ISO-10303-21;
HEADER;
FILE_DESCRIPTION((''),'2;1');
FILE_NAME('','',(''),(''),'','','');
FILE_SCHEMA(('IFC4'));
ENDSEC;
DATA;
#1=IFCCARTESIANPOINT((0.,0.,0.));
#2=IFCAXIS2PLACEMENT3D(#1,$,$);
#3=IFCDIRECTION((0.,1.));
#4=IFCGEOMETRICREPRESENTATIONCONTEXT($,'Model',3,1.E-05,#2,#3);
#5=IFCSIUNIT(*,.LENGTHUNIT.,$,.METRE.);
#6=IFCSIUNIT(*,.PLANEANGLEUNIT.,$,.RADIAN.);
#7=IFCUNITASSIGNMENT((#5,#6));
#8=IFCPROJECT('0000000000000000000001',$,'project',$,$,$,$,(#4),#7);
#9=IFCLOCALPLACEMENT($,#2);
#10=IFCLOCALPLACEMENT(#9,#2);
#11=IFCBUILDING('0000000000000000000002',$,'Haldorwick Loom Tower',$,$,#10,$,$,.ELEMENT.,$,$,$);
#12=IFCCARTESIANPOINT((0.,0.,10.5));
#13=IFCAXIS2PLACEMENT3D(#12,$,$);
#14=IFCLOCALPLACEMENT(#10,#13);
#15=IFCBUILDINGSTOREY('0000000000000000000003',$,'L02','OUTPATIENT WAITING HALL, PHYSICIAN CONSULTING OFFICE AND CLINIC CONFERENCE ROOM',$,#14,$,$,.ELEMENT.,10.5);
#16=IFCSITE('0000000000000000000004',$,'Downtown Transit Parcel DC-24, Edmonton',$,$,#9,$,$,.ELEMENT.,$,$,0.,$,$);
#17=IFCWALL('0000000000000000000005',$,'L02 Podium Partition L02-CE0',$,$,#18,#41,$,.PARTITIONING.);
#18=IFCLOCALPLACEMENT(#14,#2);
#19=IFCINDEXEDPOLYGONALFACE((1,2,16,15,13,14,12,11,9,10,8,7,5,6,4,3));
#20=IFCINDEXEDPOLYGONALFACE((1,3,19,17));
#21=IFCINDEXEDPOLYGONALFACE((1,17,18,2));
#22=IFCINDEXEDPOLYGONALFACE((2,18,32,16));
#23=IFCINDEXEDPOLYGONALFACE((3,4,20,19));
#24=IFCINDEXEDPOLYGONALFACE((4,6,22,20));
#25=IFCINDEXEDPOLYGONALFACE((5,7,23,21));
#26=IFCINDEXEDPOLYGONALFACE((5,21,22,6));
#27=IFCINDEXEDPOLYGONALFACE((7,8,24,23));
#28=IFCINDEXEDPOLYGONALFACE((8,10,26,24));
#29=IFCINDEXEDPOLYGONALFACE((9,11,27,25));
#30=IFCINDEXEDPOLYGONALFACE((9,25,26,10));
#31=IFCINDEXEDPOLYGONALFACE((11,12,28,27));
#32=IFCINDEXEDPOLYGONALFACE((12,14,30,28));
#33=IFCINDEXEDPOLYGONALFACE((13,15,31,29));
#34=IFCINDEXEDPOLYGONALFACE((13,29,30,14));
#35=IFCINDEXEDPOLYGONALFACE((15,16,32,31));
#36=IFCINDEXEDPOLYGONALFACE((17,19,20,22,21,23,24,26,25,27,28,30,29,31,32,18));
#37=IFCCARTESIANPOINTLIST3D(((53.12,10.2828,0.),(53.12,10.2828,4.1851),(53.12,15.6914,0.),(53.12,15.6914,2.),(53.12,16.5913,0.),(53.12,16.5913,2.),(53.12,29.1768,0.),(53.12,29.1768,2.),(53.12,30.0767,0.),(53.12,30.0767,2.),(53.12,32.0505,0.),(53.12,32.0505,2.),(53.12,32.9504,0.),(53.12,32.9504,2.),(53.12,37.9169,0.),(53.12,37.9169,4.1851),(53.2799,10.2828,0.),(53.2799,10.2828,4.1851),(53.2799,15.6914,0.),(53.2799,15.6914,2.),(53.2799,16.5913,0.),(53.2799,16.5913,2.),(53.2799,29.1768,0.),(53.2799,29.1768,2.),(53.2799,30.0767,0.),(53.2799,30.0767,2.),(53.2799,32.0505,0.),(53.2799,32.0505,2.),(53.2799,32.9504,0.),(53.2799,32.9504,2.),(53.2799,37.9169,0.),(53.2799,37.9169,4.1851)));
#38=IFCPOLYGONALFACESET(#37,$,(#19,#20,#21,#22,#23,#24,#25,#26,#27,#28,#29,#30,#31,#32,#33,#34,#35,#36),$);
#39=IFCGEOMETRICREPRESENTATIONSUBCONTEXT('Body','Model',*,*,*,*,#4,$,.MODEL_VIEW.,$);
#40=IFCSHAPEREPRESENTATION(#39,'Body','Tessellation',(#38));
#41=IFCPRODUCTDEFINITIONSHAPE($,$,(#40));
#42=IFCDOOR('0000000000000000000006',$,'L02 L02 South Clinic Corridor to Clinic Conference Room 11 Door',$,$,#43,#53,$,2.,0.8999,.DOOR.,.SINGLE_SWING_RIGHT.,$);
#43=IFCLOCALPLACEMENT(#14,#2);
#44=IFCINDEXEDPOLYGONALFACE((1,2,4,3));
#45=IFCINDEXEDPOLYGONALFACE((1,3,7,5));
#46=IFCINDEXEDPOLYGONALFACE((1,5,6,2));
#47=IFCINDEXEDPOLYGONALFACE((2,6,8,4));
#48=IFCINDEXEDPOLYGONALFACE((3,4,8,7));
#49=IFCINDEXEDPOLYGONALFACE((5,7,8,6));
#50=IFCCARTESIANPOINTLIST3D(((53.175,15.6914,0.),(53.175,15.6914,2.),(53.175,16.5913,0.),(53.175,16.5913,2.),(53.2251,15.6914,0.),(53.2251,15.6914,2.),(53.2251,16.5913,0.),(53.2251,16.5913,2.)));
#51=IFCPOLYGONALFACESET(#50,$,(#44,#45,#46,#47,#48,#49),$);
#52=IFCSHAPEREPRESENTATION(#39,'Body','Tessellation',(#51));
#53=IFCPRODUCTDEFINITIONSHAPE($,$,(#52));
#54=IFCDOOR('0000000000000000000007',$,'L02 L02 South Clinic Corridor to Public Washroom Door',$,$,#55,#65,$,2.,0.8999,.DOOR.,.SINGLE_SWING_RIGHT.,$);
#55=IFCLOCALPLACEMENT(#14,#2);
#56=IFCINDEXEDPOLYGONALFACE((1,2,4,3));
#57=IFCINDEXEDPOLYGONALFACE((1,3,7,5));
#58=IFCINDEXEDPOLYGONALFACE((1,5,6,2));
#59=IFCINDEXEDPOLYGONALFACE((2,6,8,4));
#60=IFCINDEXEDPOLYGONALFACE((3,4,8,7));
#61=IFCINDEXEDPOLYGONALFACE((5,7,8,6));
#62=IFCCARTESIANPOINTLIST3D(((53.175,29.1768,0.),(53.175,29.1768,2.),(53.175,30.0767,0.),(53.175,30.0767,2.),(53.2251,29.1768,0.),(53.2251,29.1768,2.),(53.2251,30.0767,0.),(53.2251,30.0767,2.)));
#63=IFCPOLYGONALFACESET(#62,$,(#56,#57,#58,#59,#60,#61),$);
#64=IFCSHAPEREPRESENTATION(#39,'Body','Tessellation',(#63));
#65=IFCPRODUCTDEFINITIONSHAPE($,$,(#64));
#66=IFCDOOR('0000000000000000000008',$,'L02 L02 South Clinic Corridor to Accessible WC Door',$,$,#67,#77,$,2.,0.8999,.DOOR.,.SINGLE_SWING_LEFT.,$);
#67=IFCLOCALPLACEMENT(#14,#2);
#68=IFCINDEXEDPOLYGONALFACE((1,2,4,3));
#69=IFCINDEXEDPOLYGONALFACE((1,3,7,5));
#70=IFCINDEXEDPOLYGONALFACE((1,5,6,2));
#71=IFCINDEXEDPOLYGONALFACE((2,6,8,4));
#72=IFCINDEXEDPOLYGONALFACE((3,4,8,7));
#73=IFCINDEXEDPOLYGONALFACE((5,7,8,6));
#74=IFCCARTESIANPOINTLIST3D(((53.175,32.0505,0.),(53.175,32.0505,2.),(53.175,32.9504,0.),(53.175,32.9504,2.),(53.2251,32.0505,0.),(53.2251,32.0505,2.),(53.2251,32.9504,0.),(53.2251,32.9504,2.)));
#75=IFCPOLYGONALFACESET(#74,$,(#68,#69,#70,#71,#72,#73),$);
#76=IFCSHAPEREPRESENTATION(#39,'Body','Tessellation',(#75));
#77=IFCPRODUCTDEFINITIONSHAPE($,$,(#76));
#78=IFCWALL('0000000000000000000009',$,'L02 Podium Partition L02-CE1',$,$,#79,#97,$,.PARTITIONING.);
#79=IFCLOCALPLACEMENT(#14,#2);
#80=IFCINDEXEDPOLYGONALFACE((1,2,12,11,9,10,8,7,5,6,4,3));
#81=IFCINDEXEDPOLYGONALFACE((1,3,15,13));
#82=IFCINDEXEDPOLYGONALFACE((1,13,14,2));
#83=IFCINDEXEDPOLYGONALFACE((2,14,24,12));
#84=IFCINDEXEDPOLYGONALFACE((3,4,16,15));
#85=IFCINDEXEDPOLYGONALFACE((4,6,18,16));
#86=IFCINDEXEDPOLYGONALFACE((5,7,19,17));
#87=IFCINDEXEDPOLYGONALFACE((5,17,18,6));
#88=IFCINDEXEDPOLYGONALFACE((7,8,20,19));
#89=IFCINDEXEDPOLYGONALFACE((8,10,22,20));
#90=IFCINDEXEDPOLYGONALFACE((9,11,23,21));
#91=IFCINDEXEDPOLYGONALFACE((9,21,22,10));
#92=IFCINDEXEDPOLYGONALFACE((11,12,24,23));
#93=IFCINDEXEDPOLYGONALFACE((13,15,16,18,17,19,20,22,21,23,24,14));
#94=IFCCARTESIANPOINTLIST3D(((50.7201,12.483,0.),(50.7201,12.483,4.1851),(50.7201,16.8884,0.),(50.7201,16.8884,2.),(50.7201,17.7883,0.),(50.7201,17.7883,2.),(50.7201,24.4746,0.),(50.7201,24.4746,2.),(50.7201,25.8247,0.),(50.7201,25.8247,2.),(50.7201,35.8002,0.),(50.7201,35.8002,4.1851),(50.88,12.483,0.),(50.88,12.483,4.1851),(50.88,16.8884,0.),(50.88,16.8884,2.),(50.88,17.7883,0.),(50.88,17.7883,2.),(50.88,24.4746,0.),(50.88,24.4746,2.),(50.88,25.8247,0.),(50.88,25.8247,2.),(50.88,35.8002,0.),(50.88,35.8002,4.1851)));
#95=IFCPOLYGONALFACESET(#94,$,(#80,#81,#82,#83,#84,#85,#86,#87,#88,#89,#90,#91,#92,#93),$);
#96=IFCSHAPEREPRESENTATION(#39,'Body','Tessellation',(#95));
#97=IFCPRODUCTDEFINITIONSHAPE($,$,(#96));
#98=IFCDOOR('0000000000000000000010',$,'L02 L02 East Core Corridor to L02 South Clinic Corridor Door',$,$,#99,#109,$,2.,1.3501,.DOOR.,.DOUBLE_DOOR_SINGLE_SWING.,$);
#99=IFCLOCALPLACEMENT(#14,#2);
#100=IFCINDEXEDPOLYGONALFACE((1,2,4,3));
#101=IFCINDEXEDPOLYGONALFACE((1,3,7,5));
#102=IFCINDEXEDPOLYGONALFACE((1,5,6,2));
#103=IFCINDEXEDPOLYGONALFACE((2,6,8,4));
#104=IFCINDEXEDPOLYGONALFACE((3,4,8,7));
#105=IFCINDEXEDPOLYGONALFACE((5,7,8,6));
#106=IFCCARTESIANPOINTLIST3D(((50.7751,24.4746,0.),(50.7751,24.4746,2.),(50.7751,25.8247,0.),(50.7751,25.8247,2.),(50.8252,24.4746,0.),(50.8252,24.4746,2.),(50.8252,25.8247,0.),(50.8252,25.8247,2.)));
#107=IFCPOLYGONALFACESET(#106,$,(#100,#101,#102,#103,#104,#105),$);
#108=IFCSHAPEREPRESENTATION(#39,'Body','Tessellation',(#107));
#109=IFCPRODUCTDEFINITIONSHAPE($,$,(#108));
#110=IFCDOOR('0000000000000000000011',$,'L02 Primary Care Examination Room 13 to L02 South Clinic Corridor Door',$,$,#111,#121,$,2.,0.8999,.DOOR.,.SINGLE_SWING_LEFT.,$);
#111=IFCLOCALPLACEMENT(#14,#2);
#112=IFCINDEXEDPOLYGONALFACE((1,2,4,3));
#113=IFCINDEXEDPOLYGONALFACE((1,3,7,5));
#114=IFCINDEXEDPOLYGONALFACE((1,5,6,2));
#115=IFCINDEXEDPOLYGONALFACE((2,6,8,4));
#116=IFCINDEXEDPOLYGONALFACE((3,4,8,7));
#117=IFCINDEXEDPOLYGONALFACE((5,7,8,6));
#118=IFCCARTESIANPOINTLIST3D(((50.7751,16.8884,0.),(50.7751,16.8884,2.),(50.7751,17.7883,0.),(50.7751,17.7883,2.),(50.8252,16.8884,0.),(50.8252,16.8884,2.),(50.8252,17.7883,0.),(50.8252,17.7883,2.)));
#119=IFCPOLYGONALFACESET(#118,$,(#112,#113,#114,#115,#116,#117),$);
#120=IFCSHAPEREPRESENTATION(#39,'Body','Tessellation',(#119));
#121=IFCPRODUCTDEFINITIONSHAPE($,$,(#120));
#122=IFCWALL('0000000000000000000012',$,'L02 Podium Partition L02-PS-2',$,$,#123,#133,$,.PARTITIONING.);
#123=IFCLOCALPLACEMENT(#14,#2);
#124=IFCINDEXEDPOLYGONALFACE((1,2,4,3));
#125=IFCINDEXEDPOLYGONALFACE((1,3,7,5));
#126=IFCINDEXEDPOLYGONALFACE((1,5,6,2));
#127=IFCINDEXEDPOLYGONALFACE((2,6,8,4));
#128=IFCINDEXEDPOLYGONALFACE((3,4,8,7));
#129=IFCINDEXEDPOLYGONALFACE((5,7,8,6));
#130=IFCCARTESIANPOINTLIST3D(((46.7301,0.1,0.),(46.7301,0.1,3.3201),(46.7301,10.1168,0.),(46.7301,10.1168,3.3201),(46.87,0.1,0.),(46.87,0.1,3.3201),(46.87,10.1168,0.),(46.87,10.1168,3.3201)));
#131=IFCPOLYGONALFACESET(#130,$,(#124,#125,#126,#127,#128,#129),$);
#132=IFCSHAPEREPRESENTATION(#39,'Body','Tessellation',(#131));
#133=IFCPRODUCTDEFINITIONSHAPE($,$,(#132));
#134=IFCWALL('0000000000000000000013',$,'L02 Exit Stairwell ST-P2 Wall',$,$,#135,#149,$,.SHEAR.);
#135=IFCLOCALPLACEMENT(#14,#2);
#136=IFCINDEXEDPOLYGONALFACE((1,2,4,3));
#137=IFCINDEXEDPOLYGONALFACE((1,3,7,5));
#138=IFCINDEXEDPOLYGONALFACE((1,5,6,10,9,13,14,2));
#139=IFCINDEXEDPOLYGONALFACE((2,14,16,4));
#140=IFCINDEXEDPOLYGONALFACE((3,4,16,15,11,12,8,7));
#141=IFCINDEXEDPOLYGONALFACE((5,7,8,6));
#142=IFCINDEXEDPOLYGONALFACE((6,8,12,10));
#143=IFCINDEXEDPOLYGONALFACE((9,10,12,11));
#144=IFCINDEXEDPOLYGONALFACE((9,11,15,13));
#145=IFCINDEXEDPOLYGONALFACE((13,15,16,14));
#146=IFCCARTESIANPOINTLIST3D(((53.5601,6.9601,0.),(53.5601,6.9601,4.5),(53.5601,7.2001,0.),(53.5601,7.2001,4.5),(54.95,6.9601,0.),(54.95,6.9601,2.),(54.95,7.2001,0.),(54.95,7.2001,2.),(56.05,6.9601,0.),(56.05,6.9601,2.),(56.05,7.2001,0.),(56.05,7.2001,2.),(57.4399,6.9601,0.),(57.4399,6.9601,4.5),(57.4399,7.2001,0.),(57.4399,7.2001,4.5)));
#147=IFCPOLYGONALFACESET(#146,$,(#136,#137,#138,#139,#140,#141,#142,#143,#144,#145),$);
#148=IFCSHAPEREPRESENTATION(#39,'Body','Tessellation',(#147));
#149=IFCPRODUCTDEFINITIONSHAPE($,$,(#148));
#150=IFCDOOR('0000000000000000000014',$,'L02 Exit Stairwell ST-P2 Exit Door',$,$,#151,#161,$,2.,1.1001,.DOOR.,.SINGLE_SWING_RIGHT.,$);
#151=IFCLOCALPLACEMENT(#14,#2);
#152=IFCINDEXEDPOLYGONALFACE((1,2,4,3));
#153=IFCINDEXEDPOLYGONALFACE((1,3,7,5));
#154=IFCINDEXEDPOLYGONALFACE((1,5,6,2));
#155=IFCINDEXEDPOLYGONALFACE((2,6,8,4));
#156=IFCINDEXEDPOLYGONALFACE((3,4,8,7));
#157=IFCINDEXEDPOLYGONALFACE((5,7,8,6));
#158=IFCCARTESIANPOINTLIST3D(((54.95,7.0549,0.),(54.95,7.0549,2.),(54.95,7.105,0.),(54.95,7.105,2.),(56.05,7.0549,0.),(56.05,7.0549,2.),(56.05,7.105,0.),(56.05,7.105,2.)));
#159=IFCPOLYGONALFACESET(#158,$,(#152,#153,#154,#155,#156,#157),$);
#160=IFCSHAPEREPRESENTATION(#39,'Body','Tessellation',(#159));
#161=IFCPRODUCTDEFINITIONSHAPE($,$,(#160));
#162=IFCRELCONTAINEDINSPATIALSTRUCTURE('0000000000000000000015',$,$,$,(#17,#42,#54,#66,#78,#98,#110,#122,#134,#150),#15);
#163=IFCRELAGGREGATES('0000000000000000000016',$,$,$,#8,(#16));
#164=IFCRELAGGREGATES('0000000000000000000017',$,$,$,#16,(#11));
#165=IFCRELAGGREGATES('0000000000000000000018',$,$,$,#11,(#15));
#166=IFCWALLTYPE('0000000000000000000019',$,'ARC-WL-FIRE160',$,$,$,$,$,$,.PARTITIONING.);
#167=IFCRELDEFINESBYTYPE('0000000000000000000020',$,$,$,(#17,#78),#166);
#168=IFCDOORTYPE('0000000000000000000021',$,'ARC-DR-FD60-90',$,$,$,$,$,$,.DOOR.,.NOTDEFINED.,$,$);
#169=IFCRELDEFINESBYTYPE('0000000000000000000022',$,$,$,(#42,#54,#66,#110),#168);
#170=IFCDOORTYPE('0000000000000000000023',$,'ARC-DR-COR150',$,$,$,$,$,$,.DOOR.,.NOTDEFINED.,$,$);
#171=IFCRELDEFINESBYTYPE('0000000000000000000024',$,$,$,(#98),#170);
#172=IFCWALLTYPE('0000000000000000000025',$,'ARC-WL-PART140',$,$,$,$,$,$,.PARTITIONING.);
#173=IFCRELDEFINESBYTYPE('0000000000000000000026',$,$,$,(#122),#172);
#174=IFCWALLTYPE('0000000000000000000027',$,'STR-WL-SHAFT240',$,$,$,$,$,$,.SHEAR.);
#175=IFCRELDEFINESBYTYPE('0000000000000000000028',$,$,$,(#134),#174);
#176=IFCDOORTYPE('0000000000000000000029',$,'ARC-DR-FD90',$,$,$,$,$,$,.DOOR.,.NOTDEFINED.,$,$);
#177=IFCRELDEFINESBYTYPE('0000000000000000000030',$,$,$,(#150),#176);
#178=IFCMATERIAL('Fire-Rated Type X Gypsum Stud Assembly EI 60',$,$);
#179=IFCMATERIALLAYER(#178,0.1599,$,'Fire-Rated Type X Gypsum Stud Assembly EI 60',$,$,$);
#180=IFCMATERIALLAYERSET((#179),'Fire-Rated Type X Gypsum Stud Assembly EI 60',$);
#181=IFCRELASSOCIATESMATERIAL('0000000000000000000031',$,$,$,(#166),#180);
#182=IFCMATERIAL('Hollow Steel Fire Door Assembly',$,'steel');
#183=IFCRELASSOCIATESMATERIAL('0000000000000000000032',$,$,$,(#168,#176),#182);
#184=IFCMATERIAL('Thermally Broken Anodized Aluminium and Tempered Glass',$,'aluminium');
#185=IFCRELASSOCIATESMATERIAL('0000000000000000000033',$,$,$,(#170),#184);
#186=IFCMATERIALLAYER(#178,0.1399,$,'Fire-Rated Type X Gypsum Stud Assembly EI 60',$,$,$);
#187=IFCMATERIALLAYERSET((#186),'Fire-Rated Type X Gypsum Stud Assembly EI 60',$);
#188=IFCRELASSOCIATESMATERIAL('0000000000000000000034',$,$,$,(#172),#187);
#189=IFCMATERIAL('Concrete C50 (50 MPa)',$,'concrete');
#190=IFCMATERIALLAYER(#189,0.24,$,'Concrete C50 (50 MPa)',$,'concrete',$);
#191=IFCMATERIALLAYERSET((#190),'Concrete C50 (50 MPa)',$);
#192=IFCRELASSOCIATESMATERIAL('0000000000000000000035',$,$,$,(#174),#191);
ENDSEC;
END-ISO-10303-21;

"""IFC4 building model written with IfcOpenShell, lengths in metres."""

from ifc_helpers import new_model, si_unit, direction, frame, frame_2d, origin, place, context, subcontext, project, spatial, rectangle, extrude, material, layer, layer_set, type_object, element, fill, save


model = new_model("IFC4")

# Units and contexts
model_context = context("Model", 3, precision=1e-05, world=origin(), true_north=direction((0.0, 1.0)))
body_context = subcontext(model_context, "Body", "Model", "MODEL_VIEW")
ifc_project = project(units=[si_unit("LENGTHUNIT", "METRE"), si_unit("PLANEANGLEUNIT", "RADIAN")], contexts=[model_context])

# Site, building, storey
site_placement = place(None, origin())
site = spatial("IfcSite", under=ifc_project, at=site_placement, Name="Downtown Transit Parcel DC-24, Edmonton", CompositionType="ELEMENT", RefElevation=0.0)
building_placement = place(site_placement, origin())
building = spatial("IfcBuilding", under=site, at=building_placement, Name="Haldorwick Loom Tower", CompositionType="ELEMENT")
storey_placement = place(building_placement, frame((0.0, 0.0, 10.5)))
storey = spatial("IfcBuildingStorey", under=building, at=storey_placement, Name="L02", Description="OUTPATIENT WAITING HALL, PHYSICIAN CONSULTING OFFICE AND CLINIC CONFERENCE ROOM", CompositionType="ELEMENT", Elevation=10.5)

# Shared definitions
ifc_material_1 = material(Name="Fire-Rated Type X Gypsum Stud Assembly EI 60")
ifc_layer_1 = layer(ifc_material_1, 0.1599, Name="Fire-Rated Type X Gypsum Stud Assembly EI 60")
ifc_layer_set_1 = layer_set([ifc_layer_1], Name="Fire-Rated Type X Gypsum Stud Assembly EI 60")
wall_type_1 = type_object("IfcWallType", Name="ARC-WL-FIRE160", PredefinedType="PARTITIONING", material=ifc_layer_set_1)
ifc_material_2 = material(Name="Hollow Steel Fire Door Assembly", Category="steel")
door_type_1 = type_object("IfcDoorType", Name="ARC-DR-FD60-90", OperationType="NOTDEFINED", PredefinedType="DOOR", material=ifc_material_2)

# Walls, openings, doors
wall_1_placement = place(storey_placement, frame((53.2, 10.283, 0.0), z_axis=(0.0, 0.0, 1.0), x_axis=(0.0, 1.0, 0.0)))
wall_1 = element("IfcWall", 1, at=wall_1_placement, inside=storey, type_object=wall_type_1, Name="L02 Podium Partition L02-CE0", PredefinedType="PARTITIONING", context=body_context, shape_type="SweptSolid", body=[
    extrude(rectangle(XDim=27.634, YDim=0.1599, at=frame_2d((13.8169, 0.0))), origin(), (0.0, 0.0, 1.0), 4.1851),
])
opening_1_placement = place(wall_1_placement, frame((5.4084, 0.0, 0.0)))
opening_1 = element("IfcOpeningElement", 2, at=opening_1_placement, cuts=wall_1, PredefinedType="OPENING", context=body_context, shape_type="SweptSolid", body=[
    extrude(rectangle(XDim=0.8999, YDim=2.0, at=frame_2d((0.45, 1.0))), frame((0.0, 0.0898, 0.0), z_axis=(0.0, -1.0, 0.0), x_axis=(1.0, 0.0, 0.0)), (0.0, 0.0, 1.0), 0.1799),
])
opening_2_placement = place(wall_1_placement, frame((18.8938, 0.0, 0.0)))
opening_2 = element("IfcOpeningElement", 3, at=opening_2_placement, cuts=wall_1, PredefinedType="OPENING", context=body_context, shape_type="SweptSolid", body=[
    extrude(rectangle(XDim=0.8999, YDim=2.0, at=frame_2d((0.45, 1.0))), frame((0.0, 0.0898, 0.0), z_axis=(0.0, -1.0, 0.0), x_axis=(1.0, 0.0, 0.0)), (0.0, 0.0, 1.0), 0.1799),
])
opening_3_placement = place(wall_1_placement, frame((21.7676, 0.0, 0.0)))
opening_3 = element("IfcOpeningElement", 4, at=opening_3_placement, cuts=wall_1, PredefinedType="OPENING", context=body_context, shape_type="SweptSolid", body=[
    extrude(rectangle(XDim=0.8999, YDim=2.0, at=frame_2d((0.45, 1.0))), frame((0.0, 0.0898, 0.0), z_axis=(0.0, -1.0, 0.0), x_axis=(1.0, 0.0, 0.0)), (0.0, 0.0, 1.0), 0.1799),
])
door_1_placement = place(opening_1_placement, origin())
door_1 = element("IfcDoor", 5, at=door_1_placement, inside=storey, type_object=door_type_1, Name="L02 L02 South Clinic Corridor to Clinic Conference Room 11 Door", OperationType="SINGLE_SWING_RIGHT", OverallHeight=2.0, OverallWidth=0.8999, PredefinedType="DOOR", context=body_context, shape_type="SweptSolid", body=[
    extrude(rectangle(XDim=0.8999, YDim=2.0, at=frame_2d((0.45, 1.0))), frame((0.0, 0.0249, 0.0), z_axis=(0.0, -1.0, 0.0), x_axis=(1.0, 0.0, 0.0)), (0.0, 0.0, 1.0), 0.05),
])
fill(opening_1, door_1)
door_2_placement = place(opening_2_placement, origin())
door_2 = element("IfcDoor", 6, at=door_2_placement, inside=storey, type_object=door_type_1, Name="L02 L02 South Clinic Corridor to Public Washroom Door", OperationType="SINGLE_SWING_RIGHT", OverallHeight=2.0, OverallWidth=0.8999, PredefinedType="DOOR", context=body_context, shape_type="SweptSolid", body=[
    extrude(rectangle(XDim=0.8999, YDim=2.0, at=frame_2d((0.45, 1.0))), frame((0.0, 0.0249, 0.0), z_axis=(0.0, -1.0, 0.0), x_axis=(1.0, 0.0, 0.0)), (0.0, 0.0, 1.0), 0.05),
])
fill(opening_2, door_2)
door_3_placement = place(opening_3_placement, origin())
door_3 = element("IfcDoor", 7, at=door_3_placement, inside=storey, type_object=door_type_1, Name="L02 L02 South Clinic Corridor to Accessible WC Door", OperationType="SINGLE_SWING_LEFT", OverallHeight=2.0, OverallWidth=0.8999, PredefinedType="DOOR", context=body_context, shape_type="SweptSolid", body=[
    extrude(rectangle(XDim=0.8999, YDim=2.0, at=frame_2d((0.45, 1.0))), frame((0.0, 0.0249, 0.0), z_axis=(0.0, -1.0, 0.0), x_axis=(1.0, 0.0, 0.0)), (0.0, 0.0, 1.0), 0.05),
])
fill(opening_3, door_3)
wall_2_placement = place(storey_placement, frame((50.8, 12.4829, 0.0), z_axis=(0.0, 0.0, 1.0), x_axis=(0.0, 1.0, 0.0)))
wall_2 = element("IfcWall", 8, at=wall_2_placement, inside=storey, type_object=wall_type_1, Name="L02 Podium Partition L02-CE1", PredefinedType="PARTITIONING", context=body_context, shape_type="SweptSolid", body=[
    extrude(rectangle(XDim=23.3171, YDim=0.1599, at=frame_2d((11.6587, 0.0))), origin(), (0.0, 0.0, 1.0), 4.1851),
])
opening_4_placement = place(wall_2_placement, frame((11.9917, 0.0, 0.0)))
opening_4 = element("IfcOpeningElement", 9, at=opening_4_placement, cuts=wall_2, PredefinedType="OPENING", context=body_context, shape_type="SweptSolid", body=[
    extrude(rectangle(XDim=1.3501, YDim=2.0, at=frame_2d((0.675, 1.0))), frame((0.0, 0.0898, 0.0), z_axis=(0.0, -1.0, 0.0), x_axis=(1.0, 0.0, 0.0)), (0.0, 0.0, 1.0), 0.1799),
])
opening_5_placement = place(wall_2_placement, frame((4.4055, 0.0, 0.0)))
opening_5 = element("IfcOpeningElement", 10, at=opening_5_placement, cuts=wall_2, PredefinedType="OPENING", context=body_context, shape_type="SweptSolid", body=[
    extrude(rectangle(XDim=0.8999, YDim=2.0, at=frame_2d((0.45, 1.0))), frame((0.0, 0.0898, 0.0), z_axis=(0.0, -1.0, 0.0), x_axis=(1.0, 0.0, 0.0)), (0.0, 0.0, 1.0), 0.1799),
])
ifc_material_3 = material(Name="Thermally Broken Anodized Aluminium and Tempered Glass", Category="aluminium")
door_type_2 = type_object("IfcDoorType", Name="ARC-DR-COR150", OperationType="NOTDEFINED", PredefinedType="DOOR", material=ifc_material_3)
door_4_placement = place(opening_4_placement, origin())
door_4 = element("IfcDoor", 11, at=door_4_placement, inside=storey, type_object=door_type_2, Name="L02 L02 East Core Corridor to L02 South Clinic Corridor Door", OperationType="DOUBLE_DOOR_SINGLE_SWING", OverallHeight=2.0, OverallWidth=1.3501, PredefinedType="DOOR", context=body_context, shape_type="SweptSolid", body=[
    extrude(rectangle(XDim=1.3501, YDim=2.0, at=frame_2d((0.675, 1.0))), frame((0.0, 0.0249, 0.0), z_axis=(0.0, -1.0, 0.0), x_axis=(1.0, 0.0, 0.0)), (0.0, 0.0, 1.0), 0.05),
])
fill(opening_4, door_4)
door_5_placement = place(opening_5_placement, origin())
door_5 = element("IfcDoor", 12, at=door_5_placement, inside=storey, type_object=door_type_1, Name="L02 Primary Care Examination Room 13 to L02 South Clinic Corridor Door", OperationType="SINGLE_SWING_LEFT", OverallHeight=2.0, OverallWidth=0.8999, PredefinedType="DOOR", context=body_context, shape_type="SweptSolid", body=[
    extrude(rectangle(XDim=0.8999, YDim=2.0, at=frame_2d((0.45, 1.0))), frame((0.0, 0.0249, 0.0), z_axis=(0.0, -1.0, 0.0), x_axis=(1.0, 0.0, 0.0)), (0.0, 0.0, 1.0), 0.05),
])
fill(opening_5, door_5)

# Wall
ifc_layer_2 = layer(ifc_material_1, 0.1399, Name="Fire-Rated Type X Gypsum Stud Assembly EI 60")
ifc_layer_set_2 = layer_set([ifc_layer_2], Name="Fire-Rated Type X Gypsum Stud Assembly EI 60")
wall_type_2 = type_object("IfcWallType", Name="ARC-WL-PART140", PredefinedType="PARTITIONING", material=ifc_layer_set_2)
wall_3_placement = place(storey_placement, frame((46.8, 0.1001, 0.0), z_axis=(0.0, 0.0, 1.0), x_axis=(0.0, 1.0, 0.0)))
element("IfcWall", 13, at=wall_3_placement, inside=storey, type_object=wall_type_2, Name="L02 Podium Partition L02-PS-2", PredefinedType="PARTITIONING", context=body_context, shape_type="SweptSolid", body=[
    extrude(rectangle(XDim=10.0168, YDim=0.1399, at=frame_2d((5.0083, 0.0))), origin(), (0.0, 0.0, 1.0), 3.3201),
])

# Wall, opening, door
ifc_material_4 = material(Name="Concrete C50 (50 MPa)", Category="concrete")
ifc_layer_3 = layer(ifc_material_4, 0.24, Name="Concrete C50 (50 MPa)", Category="concrete")
ifc_layer_set_3 = layer_set([ifc_layer_3], Name="Concrete C50 (50 MPa)")
wall_type_3 = type_object("IfcWallType", Name="STR-WL-SHAFT240", PredefinedType="SHEAR", material=ifc_layer_set_3)
wall_4_placement = place(storey_placement, frame((53.5601, 7.0801, 0.0), z_axis=(0.0, 0.0, 1.0), x_axis=(1.0, 0.0, 0.0)))
wall_4 = element("IfcWall", 14, at=wall_4_placement, inside=storey, type_object=wall_type_3, Name="L02 Exit Stairwell ST-P2 Wall", PredefinedType="SHEAR", context=body_context, shape_type="SweptSolid", body=[
    extrude(rectangle(XDim=3.8799, YDim=0.24, at=frame_2d((1.9399, 0.0))), origin(), (0.0, 0.0, 1.0), 4.5),
])
opening_6_placement = place(wall_4_placement, frame((1.3899, 0.0, 0.0)))
opening_6 = element("IfcOpeningElement", 15, at=opening_6_placement, cuts=wall_4, PredefinedType="OPENING", context=body_context, shape_type="SweptSolid", body=[
    extrude(rectangle(XDim=1.1001, YDim=2.0, at=frame_2d((0.55, 1.0))), frame((0.0, 0.1299, 0.0), z_axis=(0.0, -1.0, 0.0), x_axis=(1.0, 0.0, 0.0)), (0.0, 0.0, 1.0), 0.26),
])
door_type_3 = type_object("IfcDoorType", Name="ARC-DR-FD90", OperationType="NOTDEFINED", PredefinedType="DOOR", material=ifc_material_2)
door_6_placement = place(opening_6_placement, origin())
door_6 = element("IfcDoor", 16, at=door_6_placement, inside=storey, type_object=door_type_3, Name="L02 Exit Stairwell ST-P2 Exit Door", OperationType="SINGLE_SWING_RIGHT", OverallHeight=2.0, OverallWidth=1.1001, PredefinedType="DOOR", context=body_context, shape_type="SweptSolid", body=[
    extrude(rectangle(XDim=1.1001, YDim=2.0, at=frame_2d((0.55, 1.0))), frame((0.0, 0.0249, 0.0), z_axis=(0.0, -1.0, 0.0), x_axis=(1.0, 0.0, 0.0)), (0.0, 0.0, 1.0), 0.05),
])
fill(opening_6, door_6)

save(model, "model.ifc")
